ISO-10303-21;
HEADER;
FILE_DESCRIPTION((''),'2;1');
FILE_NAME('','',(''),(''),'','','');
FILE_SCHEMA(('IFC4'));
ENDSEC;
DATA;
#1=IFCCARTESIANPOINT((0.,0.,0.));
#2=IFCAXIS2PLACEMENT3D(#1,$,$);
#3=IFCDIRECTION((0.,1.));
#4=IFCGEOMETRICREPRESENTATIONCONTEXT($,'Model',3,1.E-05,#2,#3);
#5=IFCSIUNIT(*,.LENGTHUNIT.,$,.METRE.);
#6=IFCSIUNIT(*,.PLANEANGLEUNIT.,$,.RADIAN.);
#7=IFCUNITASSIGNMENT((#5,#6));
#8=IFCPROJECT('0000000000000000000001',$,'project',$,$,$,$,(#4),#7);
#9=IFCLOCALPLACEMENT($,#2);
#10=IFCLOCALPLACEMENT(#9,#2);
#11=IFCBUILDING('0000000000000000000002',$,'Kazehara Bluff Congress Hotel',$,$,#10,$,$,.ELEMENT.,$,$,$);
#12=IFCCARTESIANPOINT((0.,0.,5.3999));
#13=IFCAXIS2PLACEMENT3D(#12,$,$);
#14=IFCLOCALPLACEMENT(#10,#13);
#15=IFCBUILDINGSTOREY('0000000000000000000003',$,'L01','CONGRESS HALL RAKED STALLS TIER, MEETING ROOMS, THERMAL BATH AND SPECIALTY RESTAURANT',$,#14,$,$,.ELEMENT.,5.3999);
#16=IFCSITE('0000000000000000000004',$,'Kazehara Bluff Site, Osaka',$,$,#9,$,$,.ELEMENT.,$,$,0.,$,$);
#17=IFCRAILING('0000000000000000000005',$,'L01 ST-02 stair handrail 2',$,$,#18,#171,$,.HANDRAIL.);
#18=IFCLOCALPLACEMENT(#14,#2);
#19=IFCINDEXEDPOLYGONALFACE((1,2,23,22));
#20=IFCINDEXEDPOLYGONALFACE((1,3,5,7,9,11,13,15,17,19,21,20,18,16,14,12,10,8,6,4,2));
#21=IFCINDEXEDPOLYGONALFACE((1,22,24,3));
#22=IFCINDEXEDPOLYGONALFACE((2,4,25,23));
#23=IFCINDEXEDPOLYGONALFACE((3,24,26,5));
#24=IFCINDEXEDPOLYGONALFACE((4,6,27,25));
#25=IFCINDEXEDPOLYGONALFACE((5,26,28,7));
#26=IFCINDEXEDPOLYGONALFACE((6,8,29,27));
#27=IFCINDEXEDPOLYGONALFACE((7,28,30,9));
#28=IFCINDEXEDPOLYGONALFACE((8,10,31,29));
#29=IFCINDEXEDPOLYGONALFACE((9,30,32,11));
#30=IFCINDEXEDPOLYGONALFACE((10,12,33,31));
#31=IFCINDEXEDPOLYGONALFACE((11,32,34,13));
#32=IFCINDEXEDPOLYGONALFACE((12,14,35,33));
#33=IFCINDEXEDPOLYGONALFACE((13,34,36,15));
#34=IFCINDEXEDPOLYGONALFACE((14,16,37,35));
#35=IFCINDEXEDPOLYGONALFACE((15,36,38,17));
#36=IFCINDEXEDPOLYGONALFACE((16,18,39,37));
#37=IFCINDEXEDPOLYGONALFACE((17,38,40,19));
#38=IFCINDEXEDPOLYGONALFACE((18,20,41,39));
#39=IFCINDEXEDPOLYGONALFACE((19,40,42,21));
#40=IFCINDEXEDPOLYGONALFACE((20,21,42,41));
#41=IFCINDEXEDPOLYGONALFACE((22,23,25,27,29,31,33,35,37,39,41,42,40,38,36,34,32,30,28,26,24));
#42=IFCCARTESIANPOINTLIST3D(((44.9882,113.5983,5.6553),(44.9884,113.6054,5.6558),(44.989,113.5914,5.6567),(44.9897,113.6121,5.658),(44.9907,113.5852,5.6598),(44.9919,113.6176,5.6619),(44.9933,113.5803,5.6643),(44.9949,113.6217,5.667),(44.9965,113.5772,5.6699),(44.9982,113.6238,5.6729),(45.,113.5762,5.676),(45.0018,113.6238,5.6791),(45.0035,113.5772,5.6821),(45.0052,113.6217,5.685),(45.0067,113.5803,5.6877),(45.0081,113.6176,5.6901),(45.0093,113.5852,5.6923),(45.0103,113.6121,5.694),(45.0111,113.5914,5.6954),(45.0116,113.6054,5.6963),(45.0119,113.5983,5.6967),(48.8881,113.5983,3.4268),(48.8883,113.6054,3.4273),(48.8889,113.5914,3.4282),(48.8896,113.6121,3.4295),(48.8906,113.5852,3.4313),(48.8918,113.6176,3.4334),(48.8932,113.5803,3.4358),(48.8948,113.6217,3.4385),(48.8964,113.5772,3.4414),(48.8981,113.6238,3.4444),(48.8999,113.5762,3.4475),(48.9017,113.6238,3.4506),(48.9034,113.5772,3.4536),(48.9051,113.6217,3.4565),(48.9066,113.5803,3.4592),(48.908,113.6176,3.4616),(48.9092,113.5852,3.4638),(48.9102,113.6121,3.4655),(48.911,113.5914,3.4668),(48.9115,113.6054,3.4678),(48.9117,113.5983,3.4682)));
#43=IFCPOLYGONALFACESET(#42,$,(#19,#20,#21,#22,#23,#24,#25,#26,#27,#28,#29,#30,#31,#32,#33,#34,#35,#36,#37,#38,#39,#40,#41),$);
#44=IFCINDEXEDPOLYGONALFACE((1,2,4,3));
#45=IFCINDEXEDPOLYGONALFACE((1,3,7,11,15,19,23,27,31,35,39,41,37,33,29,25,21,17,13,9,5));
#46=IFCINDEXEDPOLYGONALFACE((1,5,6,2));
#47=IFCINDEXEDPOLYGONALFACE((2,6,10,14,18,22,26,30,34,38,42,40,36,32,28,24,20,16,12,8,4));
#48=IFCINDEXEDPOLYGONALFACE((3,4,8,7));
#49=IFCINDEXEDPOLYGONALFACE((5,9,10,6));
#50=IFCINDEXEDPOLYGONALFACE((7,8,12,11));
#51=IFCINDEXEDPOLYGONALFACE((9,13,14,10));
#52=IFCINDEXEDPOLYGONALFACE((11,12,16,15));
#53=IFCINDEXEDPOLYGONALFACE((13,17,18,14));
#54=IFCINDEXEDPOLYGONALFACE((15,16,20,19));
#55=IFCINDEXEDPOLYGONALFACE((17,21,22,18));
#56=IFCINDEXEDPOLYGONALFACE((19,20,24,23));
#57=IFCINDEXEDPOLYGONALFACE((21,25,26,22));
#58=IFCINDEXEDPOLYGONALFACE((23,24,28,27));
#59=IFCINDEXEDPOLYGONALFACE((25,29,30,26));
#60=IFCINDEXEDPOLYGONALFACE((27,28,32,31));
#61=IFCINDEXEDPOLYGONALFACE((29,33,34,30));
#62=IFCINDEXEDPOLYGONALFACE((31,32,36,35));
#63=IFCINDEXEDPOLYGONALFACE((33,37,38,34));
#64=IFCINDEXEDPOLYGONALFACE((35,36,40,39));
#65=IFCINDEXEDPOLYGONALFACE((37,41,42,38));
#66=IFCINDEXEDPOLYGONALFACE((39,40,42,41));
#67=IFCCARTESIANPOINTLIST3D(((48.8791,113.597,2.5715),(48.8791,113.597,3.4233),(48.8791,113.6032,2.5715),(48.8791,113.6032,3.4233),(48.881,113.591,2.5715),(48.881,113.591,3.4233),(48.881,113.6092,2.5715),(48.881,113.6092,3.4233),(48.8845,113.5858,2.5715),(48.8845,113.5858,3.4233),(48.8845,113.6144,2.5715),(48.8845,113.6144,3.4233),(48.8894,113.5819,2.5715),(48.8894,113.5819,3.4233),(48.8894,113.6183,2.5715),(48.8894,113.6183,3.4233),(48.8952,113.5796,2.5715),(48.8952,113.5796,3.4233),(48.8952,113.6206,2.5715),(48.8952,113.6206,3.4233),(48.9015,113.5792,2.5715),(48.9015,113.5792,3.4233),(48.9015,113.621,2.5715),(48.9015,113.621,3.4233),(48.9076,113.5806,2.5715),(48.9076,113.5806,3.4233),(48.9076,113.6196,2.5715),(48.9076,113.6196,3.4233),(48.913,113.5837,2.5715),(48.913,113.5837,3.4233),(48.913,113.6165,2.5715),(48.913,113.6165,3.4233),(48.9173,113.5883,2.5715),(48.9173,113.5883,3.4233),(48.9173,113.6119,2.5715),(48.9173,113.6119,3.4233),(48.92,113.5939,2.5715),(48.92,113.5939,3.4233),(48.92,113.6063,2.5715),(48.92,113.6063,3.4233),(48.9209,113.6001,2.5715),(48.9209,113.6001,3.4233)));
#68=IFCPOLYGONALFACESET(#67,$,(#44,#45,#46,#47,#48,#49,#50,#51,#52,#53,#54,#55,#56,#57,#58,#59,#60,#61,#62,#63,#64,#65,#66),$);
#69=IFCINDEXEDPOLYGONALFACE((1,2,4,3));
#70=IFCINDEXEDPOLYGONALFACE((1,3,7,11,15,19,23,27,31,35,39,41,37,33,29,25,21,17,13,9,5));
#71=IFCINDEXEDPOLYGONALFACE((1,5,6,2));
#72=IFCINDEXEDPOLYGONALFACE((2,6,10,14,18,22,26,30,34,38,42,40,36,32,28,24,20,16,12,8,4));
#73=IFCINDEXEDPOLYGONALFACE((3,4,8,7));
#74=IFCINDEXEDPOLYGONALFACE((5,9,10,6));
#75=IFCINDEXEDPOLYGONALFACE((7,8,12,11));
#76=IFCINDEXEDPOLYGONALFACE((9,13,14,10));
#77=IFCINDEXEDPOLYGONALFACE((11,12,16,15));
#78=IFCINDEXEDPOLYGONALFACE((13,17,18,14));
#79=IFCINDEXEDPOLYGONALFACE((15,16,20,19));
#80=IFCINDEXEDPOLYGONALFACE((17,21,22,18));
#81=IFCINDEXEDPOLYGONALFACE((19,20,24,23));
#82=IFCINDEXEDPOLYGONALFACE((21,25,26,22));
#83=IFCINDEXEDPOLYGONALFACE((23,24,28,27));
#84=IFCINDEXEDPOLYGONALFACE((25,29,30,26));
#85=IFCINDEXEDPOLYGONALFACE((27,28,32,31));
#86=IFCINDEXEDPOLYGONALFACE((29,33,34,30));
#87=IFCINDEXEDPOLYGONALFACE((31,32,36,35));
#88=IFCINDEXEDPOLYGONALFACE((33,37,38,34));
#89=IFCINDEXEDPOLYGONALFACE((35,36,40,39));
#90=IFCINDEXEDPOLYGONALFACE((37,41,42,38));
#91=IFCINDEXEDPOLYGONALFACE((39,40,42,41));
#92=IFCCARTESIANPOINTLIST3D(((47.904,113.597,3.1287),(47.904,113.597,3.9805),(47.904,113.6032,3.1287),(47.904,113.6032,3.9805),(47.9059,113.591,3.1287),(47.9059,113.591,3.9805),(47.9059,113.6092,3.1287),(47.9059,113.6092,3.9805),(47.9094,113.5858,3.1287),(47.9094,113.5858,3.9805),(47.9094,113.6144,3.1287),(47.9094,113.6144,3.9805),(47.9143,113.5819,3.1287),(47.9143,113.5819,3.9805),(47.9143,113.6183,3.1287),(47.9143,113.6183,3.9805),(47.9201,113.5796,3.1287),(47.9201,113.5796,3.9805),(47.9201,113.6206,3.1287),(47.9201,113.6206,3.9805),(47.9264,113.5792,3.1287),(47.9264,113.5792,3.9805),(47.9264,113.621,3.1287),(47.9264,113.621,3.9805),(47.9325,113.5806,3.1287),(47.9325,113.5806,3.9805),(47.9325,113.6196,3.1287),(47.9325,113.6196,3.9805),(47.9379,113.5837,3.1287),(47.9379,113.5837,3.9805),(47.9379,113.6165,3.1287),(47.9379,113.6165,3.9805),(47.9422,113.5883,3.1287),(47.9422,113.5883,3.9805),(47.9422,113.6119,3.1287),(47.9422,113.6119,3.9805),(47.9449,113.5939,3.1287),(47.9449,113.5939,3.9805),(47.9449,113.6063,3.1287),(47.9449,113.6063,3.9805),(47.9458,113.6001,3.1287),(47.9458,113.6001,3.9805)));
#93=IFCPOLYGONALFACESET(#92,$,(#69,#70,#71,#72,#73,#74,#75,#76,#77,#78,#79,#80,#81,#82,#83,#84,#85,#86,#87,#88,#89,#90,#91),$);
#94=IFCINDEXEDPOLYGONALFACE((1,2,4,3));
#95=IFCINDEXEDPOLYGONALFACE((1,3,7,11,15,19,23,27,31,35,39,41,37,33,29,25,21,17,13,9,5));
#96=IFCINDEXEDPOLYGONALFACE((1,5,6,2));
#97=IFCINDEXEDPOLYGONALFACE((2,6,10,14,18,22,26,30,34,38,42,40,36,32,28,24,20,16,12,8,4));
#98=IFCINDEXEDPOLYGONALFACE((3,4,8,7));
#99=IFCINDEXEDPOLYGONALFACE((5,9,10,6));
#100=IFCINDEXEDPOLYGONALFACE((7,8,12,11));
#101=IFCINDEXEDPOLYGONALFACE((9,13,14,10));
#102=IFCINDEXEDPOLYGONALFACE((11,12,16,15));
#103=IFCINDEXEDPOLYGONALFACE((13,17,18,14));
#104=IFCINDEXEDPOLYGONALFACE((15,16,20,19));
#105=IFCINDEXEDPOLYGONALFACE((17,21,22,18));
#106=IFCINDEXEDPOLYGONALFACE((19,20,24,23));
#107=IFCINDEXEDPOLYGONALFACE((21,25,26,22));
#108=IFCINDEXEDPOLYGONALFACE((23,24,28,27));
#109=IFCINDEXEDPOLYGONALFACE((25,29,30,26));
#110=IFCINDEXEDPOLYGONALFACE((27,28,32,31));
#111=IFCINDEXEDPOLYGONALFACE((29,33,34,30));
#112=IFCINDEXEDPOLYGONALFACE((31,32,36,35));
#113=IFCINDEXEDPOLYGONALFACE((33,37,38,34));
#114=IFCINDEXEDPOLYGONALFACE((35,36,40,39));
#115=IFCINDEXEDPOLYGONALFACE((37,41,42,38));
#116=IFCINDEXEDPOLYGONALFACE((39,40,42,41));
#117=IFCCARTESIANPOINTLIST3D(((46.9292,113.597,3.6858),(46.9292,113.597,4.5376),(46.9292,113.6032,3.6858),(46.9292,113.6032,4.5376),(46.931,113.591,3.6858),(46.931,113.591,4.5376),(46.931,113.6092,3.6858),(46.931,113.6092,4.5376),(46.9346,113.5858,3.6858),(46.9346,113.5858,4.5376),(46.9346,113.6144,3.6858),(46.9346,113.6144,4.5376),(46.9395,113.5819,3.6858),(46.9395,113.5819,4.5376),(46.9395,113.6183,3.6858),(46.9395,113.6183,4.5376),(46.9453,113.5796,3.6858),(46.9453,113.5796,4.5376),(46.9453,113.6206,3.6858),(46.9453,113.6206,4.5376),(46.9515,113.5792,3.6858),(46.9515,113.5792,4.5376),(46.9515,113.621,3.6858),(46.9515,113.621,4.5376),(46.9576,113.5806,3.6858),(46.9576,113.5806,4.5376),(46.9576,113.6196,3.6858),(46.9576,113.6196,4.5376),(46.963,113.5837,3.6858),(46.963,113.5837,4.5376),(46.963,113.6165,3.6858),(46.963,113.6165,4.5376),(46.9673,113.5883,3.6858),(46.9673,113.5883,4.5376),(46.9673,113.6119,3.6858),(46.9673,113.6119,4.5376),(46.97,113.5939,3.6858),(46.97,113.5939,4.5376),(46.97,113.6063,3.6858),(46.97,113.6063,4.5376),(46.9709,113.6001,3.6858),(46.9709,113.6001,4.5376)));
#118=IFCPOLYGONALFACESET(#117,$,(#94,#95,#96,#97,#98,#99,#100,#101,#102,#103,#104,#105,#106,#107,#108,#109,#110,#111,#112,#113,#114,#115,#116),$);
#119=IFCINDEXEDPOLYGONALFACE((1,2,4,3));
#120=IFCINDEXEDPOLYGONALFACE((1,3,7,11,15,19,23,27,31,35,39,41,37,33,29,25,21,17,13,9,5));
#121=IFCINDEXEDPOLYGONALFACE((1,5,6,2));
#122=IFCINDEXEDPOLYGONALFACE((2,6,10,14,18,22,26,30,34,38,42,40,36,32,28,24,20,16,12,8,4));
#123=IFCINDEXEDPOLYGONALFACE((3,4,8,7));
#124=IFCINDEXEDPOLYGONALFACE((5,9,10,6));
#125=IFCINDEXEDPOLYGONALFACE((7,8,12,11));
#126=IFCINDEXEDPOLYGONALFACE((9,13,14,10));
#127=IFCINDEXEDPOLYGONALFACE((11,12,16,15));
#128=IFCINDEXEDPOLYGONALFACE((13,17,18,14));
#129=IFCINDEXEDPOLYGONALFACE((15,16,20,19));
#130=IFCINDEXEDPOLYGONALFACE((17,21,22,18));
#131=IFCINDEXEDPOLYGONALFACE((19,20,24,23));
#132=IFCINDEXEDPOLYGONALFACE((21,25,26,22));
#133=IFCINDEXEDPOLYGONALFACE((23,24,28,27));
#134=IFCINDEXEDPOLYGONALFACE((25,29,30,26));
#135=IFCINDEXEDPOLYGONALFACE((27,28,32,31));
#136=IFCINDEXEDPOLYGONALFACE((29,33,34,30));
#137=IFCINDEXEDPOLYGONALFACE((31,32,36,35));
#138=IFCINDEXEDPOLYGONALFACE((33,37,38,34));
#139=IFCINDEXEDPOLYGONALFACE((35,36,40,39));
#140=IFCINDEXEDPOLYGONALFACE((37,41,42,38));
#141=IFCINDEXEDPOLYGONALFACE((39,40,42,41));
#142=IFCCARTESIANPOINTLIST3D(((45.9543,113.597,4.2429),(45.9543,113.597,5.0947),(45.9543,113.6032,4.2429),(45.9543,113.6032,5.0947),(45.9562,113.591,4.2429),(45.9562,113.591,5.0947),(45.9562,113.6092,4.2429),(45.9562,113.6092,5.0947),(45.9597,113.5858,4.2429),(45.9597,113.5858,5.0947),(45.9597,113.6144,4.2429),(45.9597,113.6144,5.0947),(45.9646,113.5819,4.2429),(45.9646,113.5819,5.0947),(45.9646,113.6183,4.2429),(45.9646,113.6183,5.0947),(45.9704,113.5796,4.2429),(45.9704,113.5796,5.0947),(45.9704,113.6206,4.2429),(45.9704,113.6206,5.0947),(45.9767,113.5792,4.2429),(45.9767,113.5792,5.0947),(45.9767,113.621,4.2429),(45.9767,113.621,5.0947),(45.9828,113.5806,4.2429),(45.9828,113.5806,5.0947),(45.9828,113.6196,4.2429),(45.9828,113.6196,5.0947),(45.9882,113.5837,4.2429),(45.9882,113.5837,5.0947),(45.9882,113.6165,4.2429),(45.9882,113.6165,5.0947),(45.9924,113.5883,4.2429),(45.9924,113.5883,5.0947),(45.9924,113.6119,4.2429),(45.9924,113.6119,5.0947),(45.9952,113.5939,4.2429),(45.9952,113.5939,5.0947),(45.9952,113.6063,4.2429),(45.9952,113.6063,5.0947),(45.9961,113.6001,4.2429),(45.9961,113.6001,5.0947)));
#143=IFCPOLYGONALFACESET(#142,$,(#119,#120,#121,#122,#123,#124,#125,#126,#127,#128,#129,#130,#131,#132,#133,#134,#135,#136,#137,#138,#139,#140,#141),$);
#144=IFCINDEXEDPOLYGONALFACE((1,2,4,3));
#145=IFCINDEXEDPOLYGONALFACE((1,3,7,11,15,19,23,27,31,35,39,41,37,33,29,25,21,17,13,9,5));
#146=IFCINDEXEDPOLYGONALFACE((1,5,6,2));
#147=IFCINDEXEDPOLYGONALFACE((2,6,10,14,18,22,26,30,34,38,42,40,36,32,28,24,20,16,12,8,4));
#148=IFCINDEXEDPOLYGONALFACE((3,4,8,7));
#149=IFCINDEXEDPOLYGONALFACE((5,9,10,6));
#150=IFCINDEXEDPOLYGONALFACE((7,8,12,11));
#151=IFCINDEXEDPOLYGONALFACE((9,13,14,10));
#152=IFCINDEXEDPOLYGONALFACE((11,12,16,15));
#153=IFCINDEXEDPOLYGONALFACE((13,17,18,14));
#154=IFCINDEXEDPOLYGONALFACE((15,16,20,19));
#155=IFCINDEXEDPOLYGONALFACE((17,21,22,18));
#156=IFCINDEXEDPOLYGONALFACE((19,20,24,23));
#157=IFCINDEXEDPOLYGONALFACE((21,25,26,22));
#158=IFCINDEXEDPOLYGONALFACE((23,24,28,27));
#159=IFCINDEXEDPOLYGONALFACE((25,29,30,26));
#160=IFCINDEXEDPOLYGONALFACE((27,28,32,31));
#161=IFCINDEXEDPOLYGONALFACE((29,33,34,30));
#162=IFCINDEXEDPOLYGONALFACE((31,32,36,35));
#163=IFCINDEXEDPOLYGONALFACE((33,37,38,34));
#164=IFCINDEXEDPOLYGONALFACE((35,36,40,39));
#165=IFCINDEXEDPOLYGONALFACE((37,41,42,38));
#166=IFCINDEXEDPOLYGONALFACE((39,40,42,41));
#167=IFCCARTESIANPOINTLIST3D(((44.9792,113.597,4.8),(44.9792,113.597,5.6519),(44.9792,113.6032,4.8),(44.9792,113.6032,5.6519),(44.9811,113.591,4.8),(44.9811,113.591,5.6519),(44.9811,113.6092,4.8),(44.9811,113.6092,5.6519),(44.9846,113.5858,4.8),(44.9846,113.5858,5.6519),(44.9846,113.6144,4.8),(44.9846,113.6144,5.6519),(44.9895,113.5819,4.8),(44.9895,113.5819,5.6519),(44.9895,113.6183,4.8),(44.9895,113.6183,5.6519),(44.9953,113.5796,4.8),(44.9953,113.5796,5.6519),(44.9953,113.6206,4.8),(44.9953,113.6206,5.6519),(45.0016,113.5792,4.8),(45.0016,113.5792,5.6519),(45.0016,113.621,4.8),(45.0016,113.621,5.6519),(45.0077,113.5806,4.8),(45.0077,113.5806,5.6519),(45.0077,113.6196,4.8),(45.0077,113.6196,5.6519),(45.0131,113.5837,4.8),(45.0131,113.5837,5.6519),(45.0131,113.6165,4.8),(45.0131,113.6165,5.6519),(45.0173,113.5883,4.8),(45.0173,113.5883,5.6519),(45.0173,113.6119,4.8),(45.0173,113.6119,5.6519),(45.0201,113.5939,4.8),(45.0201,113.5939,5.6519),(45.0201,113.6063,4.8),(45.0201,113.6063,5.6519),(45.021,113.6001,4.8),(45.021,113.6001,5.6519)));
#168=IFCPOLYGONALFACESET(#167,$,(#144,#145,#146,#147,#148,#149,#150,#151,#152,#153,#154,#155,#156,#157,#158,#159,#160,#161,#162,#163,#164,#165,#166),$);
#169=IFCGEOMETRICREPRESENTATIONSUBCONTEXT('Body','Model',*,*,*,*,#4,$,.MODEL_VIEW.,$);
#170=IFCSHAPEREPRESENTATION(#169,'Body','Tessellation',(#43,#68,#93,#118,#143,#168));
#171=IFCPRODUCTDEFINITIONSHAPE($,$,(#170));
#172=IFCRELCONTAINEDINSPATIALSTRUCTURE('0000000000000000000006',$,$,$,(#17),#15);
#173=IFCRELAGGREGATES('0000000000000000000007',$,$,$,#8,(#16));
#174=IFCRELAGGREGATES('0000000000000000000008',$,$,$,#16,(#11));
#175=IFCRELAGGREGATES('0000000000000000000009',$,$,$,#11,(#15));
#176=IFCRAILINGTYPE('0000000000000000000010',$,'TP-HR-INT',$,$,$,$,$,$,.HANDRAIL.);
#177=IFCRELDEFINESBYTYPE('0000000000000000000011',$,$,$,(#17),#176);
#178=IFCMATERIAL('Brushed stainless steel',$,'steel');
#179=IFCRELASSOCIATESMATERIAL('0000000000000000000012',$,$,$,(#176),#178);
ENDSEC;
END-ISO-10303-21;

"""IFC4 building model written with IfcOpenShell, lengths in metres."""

from ifc_helpers import new_model, si_unit, direction, frame, origin, origin_2d, place, context, subcontext, project, spatial, circle, extrude, material, type_object, element, save


model = new_model("IFC4")

# Units and contexts
model_context = context("Model", 3, precision=1e-05, world=origin(), true_north=direction((0.0, 1.0)))
body_context = subcontext(model_context, "Body", "Model", "MODEL_VIEW")
ifc_project = project(units=[si_unit("LENGTHUNIT", "METRE"), si_unit("PLANEANGLEUNIT", "RADIAN")], contexts=[model_context])

# Site, building, storey
site_placement = place(None, origin())
site = spatial("IfcSite", under=ifc_project, at=site_placement, Name="Kazehara Bluff Site, Osaka", CompositionType="ELEMENT", RefElevation=0.0)
building_placement = place(site_placement, origin())
building = spatial("IfcBuilding", under=site, at=building_placement, Name="Kazehara Bluff Congress Hotel", CompositionType="ELEMENT")
storey_placement = place(building_placement, frame((0.0, 0.0, 5.3999)))
storey = spatial("IfcBuildingStorey", under=building, at=storey_placement, Name="L01", Description="CONGRESS HALL RAKED STALLS TIER, MEETING ROOMS, THERMAL BATH AND SPECIALTY RESTAURANT", CompositionType="ELEMENT", Elevation=5.3999)

# Railing
ifc_material_1 = material(Name="Brushed stainless steel", Category="steel")
railing_type = type_object("IfcRailingType", Name="TP-HR-INT", PredefinedType="HANDRAIL", material=ifc_material_1)
railing_placement = place(storey_placement, frame((48.8999, 113.6001, 2.5715)))
element("IfcRailing", 1, at=railing_placement, inside=storey, type_object=railing_type, Name="L01 ST-02 stair handrail 2", PredefinedType="HANDRAIL", context=body_context, shape_type="SweptSolid", body=[
    extrude(circle(Radius=0.0239, at=origin_2d()), frame((0.0, 0.0, 0.876), z_axis=(-0.868243, 0.0, 0.496139), x_axis=(0.0, -1.0, 0.0)), (0.0, 0.0, 1.0), 4.4917),
    extrude(circle(Radius=0.021, at=origin_2d()), origin(), (0.0, 0.0, 1.0), 0.8518),
    extrude(circle(Radius=0.021, at=origin_2d()), frame((-0.9751, 0.0, 0.5571)), (0.0, 0.0, 1.0), 0.8518),
    extrude(circle(Radius=0.021, at=origin_2d()), frame((-1.95, 0.0, 1.1143)), (0.0, 0.0, 1.0), 0.8518),
    extrude(circle(Radius=0.021, at=origin_2d()), frame((-2.9248, 0.0, 1.6714)), (0.0, 0.0, 1.0), 0.8518),
    extrude(circle(Radius=0.021, at=origin_2d()), frame((-3.8999, 0.0, 2.2285)), (0.0, 0.0, 1.0), 0.8518),
])

save(model, "model.ifc")
